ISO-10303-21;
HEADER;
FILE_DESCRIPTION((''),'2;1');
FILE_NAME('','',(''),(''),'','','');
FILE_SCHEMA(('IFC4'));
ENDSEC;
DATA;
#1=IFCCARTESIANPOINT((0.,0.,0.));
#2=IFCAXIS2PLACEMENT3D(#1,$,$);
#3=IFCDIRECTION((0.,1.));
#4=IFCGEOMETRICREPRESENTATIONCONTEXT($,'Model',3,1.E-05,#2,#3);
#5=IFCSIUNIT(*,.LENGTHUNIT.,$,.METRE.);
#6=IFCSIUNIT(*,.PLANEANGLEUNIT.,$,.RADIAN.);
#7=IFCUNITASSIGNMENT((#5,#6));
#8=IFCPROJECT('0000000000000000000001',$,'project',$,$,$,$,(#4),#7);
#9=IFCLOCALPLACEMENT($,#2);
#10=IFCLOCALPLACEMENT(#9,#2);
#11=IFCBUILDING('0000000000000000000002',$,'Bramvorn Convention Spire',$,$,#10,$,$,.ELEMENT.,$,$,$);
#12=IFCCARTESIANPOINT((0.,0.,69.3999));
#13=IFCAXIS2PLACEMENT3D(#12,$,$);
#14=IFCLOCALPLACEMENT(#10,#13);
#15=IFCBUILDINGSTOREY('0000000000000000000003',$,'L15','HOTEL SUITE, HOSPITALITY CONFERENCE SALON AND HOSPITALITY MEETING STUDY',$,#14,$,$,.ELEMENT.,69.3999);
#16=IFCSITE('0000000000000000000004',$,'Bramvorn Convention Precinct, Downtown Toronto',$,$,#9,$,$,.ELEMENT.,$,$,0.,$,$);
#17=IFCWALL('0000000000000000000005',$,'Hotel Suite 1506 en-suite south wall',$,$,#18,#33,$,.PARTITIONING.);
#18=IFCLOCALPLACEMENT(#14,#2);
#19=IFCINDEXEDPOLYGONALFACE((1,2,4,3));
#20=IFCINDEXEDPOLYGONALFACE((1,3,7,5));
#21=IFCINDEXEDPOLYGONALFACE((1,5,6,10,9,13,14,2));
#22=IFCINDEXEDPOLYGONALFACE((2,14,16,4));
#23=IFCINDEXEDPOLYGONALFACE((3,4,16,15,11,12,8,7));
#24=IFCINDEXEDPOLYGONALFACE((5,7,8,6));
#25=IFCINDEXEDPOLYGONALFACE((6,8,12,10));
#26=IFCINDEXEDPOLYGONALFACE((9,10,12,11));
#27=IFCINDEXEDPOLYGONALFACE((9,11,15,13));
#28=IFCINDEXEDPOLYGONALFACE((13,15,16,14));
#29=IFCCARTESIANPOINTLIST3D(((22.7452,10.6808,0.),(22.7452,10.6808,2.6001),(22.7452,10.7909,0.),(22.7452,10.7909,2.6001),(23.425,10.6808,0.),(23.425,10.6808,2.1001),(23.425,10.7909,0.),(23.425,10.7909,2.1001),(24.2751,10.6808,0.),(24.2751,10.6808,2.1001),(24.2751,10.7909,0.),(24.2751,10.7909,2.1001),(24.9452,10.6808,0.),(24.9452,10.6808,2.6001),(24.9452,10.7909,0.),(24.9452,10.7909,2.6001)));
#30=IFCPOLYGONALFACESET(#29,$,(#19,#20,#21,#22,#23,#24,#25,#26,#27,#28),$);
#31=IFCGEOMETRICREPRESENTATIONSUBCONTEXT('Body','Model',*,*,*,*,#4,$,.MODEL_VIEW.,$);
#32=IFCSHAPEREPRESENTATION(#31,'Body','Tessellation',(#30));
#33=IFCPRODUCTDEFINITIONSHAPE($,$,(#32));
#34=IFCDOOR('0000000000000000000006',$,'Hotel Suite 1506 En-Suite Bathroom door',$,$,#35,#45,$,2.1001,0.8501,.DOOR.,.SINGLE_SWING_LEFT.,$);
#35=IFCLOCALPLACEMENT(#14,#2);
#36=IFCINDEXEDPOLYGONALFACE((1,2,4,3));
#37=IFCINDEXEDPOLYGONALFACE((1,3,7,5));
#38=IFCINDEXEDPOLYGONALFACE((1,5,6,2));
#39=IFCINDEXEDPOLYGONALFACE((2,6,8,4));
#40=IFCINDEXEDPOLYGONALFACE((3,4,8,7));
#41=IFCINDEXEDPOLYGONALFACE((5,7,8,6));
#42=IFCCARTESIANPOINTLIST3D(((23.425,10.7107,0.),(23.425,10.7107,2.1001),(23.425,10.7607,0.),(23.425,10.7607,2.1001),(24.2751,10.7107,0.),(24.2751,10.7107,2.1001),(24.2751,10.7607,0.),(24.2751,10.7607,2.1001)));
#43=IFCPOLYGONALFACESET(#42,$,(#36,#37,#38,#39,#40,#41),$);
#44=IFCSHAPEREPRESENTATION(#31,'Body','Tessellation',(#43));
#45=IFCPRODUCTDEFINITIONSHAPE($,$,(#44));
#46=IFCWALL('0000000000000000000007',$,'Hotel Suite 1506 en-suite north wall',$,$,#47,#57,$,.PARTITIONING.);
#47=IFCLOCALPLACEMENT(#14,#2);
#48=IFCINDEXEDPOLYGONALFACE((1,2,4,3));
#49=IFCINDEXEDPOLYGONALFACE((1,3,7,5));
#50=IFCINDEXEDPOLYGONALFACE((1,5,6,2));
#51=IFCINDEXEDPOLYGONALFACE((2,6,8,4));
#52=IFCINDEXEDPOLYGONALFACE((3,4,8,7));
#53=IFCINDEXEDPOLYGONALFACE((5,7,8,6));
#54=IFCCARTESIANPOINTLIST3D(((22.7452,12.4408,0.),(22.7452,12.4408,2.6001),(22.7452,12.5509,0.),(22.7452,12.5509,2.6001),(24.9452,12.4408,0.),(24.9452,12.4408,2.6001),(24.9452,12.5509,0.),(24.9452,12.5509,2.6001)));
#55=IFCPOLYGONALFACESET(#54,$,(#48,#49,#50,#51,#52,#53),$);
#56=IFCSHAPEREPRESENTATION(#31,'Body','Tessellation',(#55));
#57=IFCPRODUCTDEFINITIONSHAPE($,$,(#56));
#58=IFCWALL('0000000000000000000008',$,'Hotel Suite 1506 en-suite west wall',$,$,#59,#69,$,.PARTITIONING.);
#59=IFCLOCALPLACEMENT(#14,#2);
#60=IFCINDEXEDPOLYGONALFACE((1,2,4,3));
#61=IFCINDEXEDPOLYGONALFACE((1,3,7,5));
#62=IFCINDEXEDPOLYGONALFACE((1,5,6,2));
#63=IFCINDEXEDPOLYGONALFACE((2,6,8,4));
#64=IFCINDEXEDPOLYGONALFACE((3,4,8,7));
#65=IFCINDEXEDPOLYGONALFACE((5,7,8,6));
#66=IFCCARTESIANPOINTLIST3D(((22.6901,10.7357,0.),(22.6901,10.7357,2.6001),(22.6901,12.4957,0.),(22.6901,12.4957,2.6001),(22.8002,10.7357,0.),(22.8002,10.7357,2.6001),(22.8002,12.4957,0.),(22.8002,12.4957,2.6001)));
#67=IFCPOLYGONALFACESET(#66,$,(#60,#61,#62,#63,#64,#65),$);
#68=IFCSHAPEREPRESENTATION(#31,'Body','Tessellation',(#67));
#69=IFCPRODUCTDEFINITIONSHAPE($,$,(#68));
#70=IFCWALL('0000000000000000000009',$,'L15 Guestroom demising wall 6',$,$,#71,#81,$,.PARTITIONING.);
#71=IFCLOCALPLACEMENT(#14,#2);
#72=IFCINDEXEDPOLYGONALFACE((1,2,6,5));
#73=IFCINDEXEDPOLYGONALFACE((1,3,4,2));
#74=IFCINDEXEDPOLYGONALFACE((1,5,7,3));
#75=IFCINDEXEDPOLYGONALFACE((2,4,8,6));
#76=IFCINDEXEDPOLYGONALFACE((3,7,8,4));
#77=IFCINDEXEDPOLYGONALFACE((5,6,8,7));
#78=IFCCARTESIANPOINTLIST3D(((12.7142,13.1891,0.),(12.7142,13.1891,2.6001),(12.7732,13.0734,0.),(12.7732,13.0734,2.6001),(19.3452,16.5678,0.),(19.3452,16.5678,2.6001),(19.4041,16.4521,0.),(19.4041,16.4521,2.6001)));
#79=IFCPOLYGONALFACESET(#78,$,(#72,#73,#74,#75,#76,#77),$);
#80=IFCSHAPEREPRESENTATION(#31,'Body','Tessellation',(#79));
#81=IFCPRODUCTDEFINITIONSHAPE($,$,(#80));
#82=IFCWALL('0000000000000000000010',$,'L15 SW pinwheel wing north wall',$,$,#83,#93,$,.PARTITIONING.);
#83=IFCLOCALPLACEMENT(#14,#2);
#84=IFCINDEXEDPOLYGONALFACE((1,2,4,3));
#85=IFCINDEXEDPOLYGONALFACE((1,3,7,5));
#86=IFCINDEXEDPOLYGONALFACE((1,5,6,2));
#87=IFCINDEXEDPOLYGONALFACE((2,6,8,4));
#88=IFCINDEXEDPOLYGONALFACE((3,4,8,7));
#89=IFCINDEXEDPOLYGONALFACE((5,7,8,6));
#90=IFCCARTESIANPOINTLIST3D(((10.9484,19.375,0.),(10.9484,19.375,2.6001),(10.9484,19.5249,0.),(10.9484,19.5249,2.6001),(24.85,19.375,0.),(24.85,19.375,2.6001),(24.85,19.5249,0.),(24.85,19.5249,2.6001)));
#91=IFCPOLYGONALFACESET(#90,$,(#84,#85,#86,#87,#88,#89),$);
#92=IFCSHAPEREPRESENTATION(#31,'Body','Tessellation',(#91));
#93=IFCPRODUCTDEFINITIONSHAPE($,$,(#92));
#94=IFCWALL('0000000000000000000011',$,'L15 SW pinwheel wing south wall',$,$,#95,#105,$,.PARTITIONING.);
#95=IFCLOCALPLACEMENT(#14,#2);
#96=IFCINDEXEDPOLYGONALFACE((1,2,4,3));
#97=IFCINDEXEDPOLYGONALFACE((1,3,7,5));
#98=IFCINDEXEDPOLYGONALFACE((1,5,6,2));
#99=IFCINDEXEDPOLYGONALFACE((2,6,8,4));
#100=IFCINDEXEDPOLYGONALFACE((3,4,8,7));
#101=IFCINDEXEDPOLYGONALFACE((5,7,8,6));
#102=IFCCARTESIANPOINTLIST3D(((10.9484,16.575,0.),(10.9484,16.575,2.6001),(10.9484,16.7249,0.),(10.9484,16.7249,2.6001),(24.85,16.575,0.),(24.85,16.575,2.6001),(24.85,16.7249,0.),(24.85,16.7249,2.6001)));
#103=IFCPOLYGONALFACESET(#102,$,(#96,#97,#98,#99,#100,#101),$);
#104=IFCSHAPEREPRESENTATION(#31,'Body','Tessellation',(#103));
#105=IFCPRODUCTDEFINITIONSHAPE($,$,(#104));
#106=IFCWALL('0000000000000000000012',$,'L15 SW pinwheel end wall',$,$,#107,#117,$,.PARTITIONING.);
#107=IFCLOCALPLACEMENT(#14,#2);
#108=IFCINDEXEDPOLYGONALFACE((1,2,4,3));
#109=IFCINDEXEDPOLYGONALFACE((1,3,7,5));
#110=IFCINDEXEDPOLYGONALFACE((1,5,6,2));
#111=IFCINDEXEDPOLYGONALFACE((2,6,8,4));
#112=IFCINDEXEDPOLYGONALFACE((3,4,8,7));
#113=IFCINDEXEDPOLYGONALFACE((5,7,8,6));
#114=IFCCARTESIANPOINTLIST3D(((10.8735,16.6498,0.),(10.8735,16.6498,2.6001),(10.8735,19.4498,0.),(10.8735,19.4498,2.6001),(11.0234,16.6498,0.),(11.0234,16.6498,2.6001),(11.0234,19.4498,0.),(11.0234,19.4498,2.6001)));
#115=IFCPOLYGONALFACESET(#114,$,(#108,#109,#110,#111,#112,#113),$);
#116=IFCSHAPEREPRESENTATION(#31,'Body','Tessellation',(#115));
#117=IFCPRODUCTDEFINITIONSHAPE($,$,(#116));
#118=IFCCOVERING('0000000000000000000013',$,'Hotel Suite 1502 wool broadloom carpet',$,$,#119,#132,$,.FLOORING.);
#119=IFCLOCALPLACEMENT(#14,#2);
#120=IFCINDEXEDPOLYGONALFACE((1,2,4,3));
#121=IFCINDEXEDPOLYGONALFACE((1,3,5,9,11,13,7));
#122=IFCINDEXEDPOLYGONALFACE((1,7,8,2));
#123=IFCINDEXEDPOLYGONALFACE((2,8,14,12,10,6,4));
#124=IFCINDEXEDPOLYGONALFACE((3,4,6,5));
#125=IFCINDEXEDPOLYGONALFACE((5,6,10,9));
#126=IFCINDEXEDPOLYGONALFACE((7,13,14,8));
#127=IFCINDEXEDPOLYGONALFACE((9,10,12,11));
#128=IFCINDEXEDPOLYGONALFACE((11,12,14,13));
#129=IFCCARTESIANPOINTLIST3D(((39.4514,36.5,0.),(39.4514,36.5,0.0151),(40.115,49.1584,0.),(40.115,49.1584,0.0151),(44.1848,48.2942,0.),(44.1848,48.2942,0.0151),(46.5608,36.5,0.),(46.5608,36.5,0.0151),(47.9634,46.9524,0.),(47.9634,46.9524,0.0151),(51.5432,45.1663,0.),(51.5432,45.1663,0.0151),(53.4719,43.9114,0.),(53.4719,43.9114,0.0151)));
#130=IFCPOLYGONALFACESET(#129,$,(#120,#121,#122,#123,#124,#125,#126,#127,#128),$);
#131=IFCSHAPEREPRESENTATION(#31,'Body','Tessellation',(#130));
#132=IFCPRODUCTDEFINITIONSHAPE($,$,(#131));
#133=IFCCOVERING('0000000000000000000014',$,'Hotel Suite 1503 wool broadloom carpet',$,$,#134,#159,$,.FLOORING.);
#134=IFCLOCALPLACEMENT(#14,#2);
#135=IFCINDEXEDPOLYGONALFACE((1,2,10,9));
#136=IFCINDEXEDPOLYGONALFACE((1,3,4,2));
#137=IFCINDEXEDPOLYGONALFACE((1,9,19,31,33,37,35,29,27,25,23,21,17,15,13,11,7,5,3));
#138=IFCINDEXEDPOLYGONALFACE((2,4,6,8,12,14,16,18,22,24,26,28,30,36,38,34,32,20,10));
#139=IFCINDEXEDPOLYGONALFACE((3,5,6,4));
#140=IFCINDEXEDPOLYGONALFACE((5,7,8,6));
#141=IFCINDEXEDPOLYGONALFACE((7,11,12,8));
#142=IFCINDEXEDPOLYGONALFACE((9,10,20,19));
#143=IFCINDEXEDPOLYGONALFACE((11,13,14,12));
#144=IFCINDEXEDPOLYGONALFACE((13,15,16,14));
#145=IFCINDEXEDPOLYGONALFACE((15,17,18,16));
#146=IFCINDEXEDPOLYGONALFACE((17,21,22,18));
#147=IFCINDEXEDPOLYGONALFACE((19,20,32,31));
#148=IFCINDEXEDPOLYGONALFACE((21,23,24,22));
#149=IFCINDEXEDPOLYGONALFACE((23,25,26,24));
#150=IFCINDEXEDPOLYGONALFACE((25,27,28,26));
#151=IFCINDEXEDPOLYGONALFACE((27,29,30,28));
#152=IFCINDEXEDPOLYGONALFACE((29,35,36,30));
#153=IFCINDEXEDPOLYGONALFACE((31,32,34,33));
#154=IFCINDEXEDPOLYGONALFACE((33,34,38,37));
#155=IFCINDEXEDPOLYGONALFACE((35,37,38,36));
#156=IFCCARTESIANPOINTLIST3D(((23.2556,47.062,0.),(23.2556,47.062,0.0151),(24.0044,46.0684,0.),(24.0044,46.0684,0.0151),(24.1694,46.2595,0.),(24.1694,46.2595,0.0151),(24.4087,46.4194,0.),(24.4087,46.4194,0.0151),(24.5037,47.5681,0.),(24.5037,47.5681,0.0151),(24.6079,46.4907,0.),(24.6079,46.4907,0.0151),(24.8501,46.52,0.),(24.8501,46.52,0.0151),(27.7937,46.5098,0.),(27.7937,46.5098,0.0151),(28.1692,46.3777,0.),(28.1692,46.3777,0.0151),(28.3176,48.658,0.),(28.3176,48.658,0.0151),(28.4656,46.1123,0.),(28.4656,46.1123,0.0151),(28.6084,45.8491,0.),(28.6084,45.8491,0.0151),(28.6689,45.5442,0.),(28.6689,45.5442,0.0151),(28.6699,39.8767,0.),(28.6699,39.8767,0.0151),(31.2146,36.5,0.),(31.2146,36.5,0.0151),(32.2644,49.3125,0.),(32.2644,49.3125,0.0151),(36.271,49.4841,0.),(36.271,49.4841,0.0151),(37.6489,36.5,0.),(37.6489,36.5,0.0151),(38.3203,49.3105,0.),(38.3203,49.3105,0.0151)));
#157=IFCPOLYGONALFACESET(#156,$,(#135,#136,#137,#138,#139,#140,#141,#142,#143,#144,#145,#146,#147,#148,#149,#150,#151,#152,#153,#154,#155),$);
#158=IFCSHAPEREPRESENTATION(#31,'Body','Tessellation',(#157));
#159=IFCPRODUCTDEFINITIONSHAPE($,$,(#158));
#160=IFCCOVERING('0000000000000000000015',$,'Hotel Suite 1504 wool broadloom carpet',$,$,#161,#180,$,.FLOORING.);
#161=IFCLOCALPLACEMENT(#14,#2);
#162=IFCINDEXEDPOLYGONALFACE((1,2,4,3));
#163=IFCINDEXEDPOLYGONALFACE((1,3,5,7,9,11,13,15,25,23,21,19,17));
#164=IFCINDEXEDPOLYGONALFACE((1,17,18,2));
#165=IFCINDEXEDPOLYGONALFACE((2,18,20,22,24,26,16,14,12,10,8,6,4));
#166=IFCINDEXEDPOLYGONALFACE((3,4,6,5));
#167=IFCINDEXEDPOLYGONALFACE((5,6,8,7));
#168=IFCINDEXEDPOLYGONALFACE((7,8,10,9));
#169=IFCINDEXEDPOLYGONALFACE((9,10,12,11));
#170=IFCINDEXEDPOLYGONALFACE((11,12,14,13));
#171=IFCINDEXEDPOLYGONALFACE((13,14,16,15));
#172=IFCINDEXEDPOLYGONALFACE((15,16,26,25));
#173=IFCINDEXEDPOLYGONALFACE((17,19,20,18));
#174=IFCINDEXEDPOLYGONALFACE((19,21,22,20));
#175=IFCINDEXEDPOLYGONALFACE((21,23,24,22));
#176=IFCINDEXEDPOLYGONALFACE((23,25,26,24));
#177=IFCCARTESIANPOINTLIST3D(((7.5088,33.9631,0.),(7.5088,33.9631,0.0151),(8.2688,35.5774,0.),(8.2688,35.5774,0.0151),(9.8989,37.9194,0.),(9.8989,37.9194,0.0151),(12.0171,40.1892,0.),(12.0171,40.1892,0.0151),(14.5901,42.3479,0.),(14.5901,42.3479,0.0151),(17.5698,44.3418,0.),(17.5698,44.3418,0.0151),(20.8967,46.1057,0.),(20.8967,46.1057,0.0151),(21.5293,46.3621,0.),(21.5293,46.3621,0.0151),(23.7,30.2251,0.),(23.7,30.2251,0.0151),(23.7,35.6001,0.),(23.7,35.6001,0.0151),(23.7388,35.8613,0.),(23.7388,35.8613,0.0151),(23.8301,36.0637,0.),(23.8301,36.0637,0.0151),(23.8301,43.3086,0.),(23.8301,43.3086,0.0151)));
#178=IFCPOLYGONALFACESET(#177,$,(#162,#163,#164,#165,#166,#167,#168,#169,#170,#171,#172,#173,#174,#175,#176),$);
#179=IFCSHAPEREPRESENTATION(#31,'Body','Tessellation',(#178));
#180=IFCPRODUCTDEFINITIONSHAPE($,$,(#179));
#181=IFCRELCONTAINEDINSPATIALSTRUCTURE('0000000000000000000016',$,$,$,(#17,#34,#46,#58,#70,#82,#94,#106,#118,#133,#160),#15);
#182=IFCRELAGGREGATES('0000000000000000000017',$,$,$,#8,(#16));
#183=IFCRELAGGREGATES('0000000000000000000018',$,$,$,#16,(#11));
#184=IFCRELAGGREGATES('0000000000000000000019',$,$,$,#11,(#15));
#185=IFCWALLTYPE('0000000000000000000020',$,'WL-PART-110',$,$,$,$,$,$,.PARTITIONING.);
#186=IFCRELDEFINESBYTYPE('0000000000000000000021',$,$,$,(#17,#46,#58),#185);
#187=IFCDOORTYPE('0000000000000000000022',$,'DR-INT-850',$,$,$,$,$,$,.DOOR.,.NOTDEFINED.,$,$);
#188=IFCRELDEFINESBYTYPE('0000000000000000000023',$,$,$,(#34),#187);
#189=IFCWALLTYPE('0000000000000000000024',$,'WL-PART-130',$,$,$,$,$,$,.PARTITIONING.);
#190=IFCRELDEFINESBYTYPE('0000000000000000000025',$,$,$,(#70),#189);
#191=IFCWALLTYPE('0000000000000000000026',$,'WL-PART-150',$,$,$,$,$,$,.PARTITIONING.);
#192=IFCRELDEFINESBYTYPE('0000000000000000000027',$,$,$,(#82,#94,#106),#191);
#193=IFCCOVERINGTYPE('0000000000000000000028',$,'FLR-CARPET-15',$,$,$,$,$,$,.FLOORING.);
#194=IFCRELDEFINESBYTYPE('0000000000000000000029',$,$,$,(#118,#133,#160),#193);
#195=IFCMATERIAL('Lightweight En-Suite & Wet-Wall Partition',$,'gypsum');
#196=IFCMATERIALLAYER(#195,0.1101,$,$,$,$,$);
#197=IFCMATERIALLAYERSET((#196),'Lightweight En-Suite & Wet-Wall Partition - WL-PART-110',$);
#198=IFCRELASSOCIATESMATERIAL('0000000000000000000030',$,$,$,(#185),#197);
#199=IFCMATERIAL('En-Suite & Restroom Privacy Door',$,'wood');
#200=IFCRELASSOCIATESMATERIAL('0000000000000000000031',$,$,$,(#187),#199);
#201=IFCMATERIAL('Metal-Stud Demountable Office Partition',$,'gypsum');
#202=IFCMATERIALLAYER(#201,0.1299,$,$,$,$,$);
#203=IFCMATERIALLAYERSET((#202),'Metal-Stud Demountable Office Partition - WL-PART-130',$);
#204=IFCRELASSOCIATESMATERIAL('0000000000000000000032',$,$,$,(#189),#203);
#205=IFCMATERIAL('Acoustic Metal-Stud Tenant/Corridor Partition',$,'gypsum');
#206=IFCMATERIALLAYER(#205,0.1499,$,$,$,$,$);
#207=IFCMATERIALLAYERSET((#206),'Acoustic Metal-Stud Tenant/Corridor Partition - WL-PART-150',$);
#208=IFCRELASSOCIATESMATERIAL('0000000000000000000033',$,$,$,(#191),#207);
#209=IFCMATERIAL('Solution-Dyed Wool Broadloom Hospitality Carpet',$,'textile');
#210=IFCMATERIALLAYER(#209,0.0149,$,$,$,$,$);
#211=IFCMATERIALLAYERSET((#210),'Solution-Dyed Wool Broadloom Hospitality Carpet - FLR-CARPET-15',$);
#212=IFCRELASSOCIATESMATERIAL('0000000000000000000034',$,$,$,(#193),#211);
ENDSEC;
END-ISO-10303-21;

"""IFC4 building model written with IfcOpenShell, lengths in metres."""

from ifc_helpers import new_model, si_unit, direction, frame, frame_2d, origin, place, context, subcontext, project, spatial, polyline, rectangle, outline, extrude, material, layer, layer_set, type_object, element, fill, save


model = new_model("IFC4")

# Units and contexts
model_context = context("Model", 3, precision=1e-05, world=origin(), true_north=direction((0.0, 1.0)))
body_context = subcontext(model_context, "Body", "Model", "MODEL_VIEW")
ifc_project = project(units=[si_unit("LENGTHUNIT", "METRE"), si_unit("PLANEANGLEUNIT", "RADIAN")], contexts=[model_context])

# Site, building, storey
site_placement = place(None, origin())
site = spatial("IfcSite", under=ifc_project, at=site_placement, Name="Bramvorn Convention Precinct, Downtown Toronto", CompositionType="ELEMENT", RefElevation=0.0)
building_placement = place(site_placement, origin())
building = spatial("IfcBuilding", under=site, at=building_placement, Name="Bramvorn Convention Spire", CompositionType="ELEMENT")
storey_placement = place(building_placement, frame((0.0, 0.0, 69.3999)))
storey = spatial("IfcBuildingStorey", under=building, at=storey_placement, Name="L15", Description="HOTEL SUITE, HOSPITALITY CONFERENCE SALON AND HOSPITALITY MEETING STUDY", CompositionType="ELEMENT", Elevation=69.3999)

# Wall, opening, door
ifc_material_1 = material(Name="Lightweight En-Suite & Wet-Wall Partition", Category="gypsum")
ifc_layer_1 = layer(ifc_material_1, 0.1101)
ifc_layer_set_1 = layer_set([ifc_layer_1], Name="Lightweight En-Suite & Wet-Wall Partition - WL-PART-110")
wall_type_1 = type_object("IfcWallType", Name="WL-PART-110", PredefinedType="PARTITIONING", material=ifc_layer_set_1)
wall_1_placement = place(storey_placement, frame((22.7451, 10.7358, 0.0), z_axis=(0.0, 0.0, 1.0), x_axis=(1.0, 0.0, 0.0)))
wall_1 = element("IfcWall", 1, at=wall_1_placement, inside=storey, type_object=wall_type_1, Name="Hotel Suite 1506 en-suite south wall", PredefinedType="PARTITIONING", context=body_context, shape_type="SweptSolid", body=[
    extrude(rectangle(XDim=2.2, YDim=0.1101, at=frame_2d((1.1001, 0.0))), origin(), (0.0, 0.0, 1.0), 2.6001),
])
opening_placement = place(wall_1_placement, frame((0.6799, 0.0, 0.0)))
opening = element("IfcOpeningElement", 2, at=opening_placement, cuts=wall_1, PredefinedType="OPENING", context=body_context, shape_type="SweptSolid", body=[
    extrude(rectangle(XDim=0.8501, YDim=2.1001, at=frame_2d((0.425, 1.05))), frame((0.0, 0.0649, 0.0), z_axis=(0.0, -1.0, 0.0), x_axis=(1.0, 0.0, 0.0)), (0.0, 0.0, 1.0), 0.1301),
])
ifc_material_2 = material(Name="En-Suite & Restroom Privacy Door", Category="wood")
door_type = type_object("IfcDoorType", Name="DR-INT-850", OperationType="NOTDEFINED", PredefinedType="DOOR", material=ifc_material_2)
door_placement = place(opening_placement, origin())
door = element("IfcDoor", 3, at=door_placement, inside=storey, type_object=door_type, Name="Hotel Suite 1506 En-Suite Bathroom door", OperationType="SINGLE_SWING_LEFT", OverallHeight=2.1001, OverallWidth=0.8501, PredefinedType="DOOR", context=body_context, shape_type="SweptSolid", body=[
    extrude(rectangle(XDim=0.8501, YDim=2.1001, at=frame_2d((0.425, 1.05))), frame((0.0, 0.0249, 0.0), z_axis=(0.0, -1.0, 0.0), x_axis=(1.0, 0.0, 0.0)), (0.0, 0.0, 1.0), 0.05),
])
fill(opening, door)

# Walls
wall_2_placement = place(storey_placement, frame((22.7451, 12.4958, 0.0), z_axis=(0.0, 0.0, 1.0), x_axis=(1.0, 0.0, 0.0)))
element("IfcWall", 4, at=wall_2_placement, inside=storey, type_object=wall_type_1, Name="Hotel Suite 1506 en-suite north wall", PredefinedType="PARTITIONING", context=body_context, shape_type="SweptSolid", body=[
    extrude(rectangle(XDim=2.2, YDim=0.1101, at=frame_2d((1.1001, 0.0))), origin(), (0.0, 0.0, 1.0), 2.6001),
])
wall_3_placement = place(storey_placement, frame((22.7451, 10.7358, 0.0), z_axis=(0.0, 0.0, 1.0), x_axis=(0.0, 1.0, 0.0)))
element("IfcWall", 5, at=wall_3_placement, inside=storey, type_object=wall_type_1, Name="Hotel Suite 1506 en-suite west wall", PredefinedType="PARTITIONING", context=body_context, shape_type="SweptSolid", body=[
    extrude(rectangle(XDim=1.76, YDim=0.1101, at=frame_2d((0.8799, 0.0))), origin(), (0.0, 0.0, 1.0), 2.6001),
])
ifc_material_3 = material(Name="Metal-Stud Demountable Office Partition", Category="gypsum")
ifc_layer_2 = layer(ifc_material_3, 0.1299)
ifc_layer_set_2 = layer_set([ifc_layer_2], Name="Metal-Stud Demountable Office Partition - WL-PART-130")
wall_type_2 = type_object("IfcWallType", Name="WL-PART-130", PredefinedType="PARTITIONING", material=ifc_layer_set_2)
wall_4_placement = place(storey_placement, frame((19.3748, 16.51, 0.0), z_axis=(0.0, 0.0, 1.0), x_axis=(-0.891003, -0.453998, 0.0)))
element("IfcWall", 6, at=wall_4_placement, inside=storey, type_object=wall_type_2, Name="L15 Guestroom demising wall 6", PredefinedType="PARTITIONING", context=body_context, shape_type="SweptSolid", body=[
    extrude(rectangle(XDim=7.4421, YDim=0.1299, at=frame_2d((3.7212, 0.0))), origin(), (0.0, 0.0, 1.0), 2.6001),
])
ifc_material_4 = material(Name="Acoustic Metal-Stud Tenant/Corridor Partition", Category="gypsum")
ifc_layer_3 = layer(ifc_material_4, 0.1499)
ifc_layer_set_3 = layer_set([ifc_layer_3], Name="Acoustic Metal-Stud Tenant/Corridor Partition - WL-PART-150")
wall_type_3 = type_object("IfcWallType", Name="WL-PART-150", PredefinedType="PARTITIONING", material=ifc_layer_set_3)
for number, where, z_axis, x_axis, name in (
    (7, (10.9485, 19.45, 0.0), (0.0, 0.0, 1.0), (1.0, 0.0, 0.0), "L15 SW pinwheel wing north wall"),
    (8, (10.9485, 16.6499, 0.0), (0.0, 0.0, 1.0), (1.0, 0.0, 0.0), "L15 SW pinwheel wing south wall"),
):
    element("IfcWall", number, at=place(storey_placement, frame(where, z_axis=z_axis, x_axis=x_axis)), inside=storey, type_object=wall_type_3, Name=name, PredefinedType="PARTITIONING", context=body_context, shape_type="SweptSolid", body=[
        extrude(rectangle(XDim=13.9016, YDim=0.1499, at=frame_2d((6.9507, 0.0))), origin(), (0.0, 0.0, 1.0), 2.6001),
    ])
wall_5_placement = place(storey_placement, frame((10.9485, 16.6499, 0.0), z_axis=(0.0, 0.0, 1.0), x_axis=(0.0, 1.0, 0.0)))
element("IfcWall", 9, at=wall_5_placement, inside=storey, type_object=wall_type_3, Name="L15 SW pinwheel end wall", PredefinedType="PARTITIONING", context=body_context, shape_type="SweptSolid", body=[
    extrude(rectangle(XDim=2.8, YDim=0.1499, at=frame_2d((1.3999, 0.0))), origin(), (0.0, 0.0, 1.0), 2.6001),
])

# Coverings
ifc_material_5 = material(Name="Solution-Dyed Wool Broadloom Hospitality Carpet", Category="textile")
ifc_layer_4 = layer(ifc_material_5, 0.0149)
ifc_layer_set_4 = layer_set([ifc_layer_4], Name="Solution-Dyed Wool Broadloom Hospitality Carpet - FLR-CARPET-15")
covering_type = type_object("IfcCoveringType", Name="FLR-CARPET-15", PredefinedType="FLOORING", material=ifc_layer_set_4)
covering_1_placement = place(storey_placement, origin())
element("IfcCovering", 10, at=covering_1_placement, inside=storey, type_object=covering_type, Name="Hotel Suite 1502 wool broadloom carpet", PredefinedType="FLOORING", context=body_context, shape_type="SweptSolid", body=[
    extrude(outline(polyline([(40.115, 49.1584), (39.4514, 36.5), (46.5608, 36.5), (53.4719, 43.9114), (51.5432, 45.1663), (47.9634, 46.9524), (44.1848, 48.2942), (40.115, 49.1584)])), origin(), (0.0, 0.0, 1.0), 0.0151),
])
covering_2_placement = place(storey_placement, origin())
element("IfcCovering", 11, at=covering_2_placement, inside=storey, type_object=covering_type, Name="Hotel Suite 1503 wool broadloom carpet", PredefinedType="FLOORING", context=body_context, shape_type="SweptSolid", body=[
    extrude(outline(polyline([(24.1694, 46.2595), (24.4087, 46.4194), (24.6079, 46.4907), (24.8501, 46.52), (27.7937, 46.5098), (28.1692, 46.3777), (28.4656, 46.1123), (28.6084, 45.8491), (28.6689, 45.5442), (28.6699, 39.8767), (31.2146, 36.5), (37.6489, 36.5), (38.3203, 49.3105), (36.271, 49.4841), (32.2644, 49.3125), (28.3176, 48.658), (24.5037, 47.5681), (23.2556, 47.062), (24.0044, 46.0684), (24.1694, 46.2595)])), origin(), (0.0, 0.0, 1.0), 0.0151),
])
covering_3_placement = place(storey_placement, origin())
element("IfcCovering", 12, at=covering_3_placement, inside=storey, type_object=covering_type, Name="Hotel Suite 1504 wool broadloom carpet", PredefinedType="FLOORING", context=body_context, shape_type="SweptSolid", body=[
    extrude(outline(polyline([(23.7, 30.2251), (23.7, 35.6001), (23.7388, 35.8613), (23.8301, 36.0637), (23.8301, 43.3086), (21.5293, 46.3621), (20.8967, 46.1057), (17.5698, 44.3418), (14.5901, 42.3479), (12.0171, 40.1892), (9.8989, 37.9194), (8.2688, 35.5774), (7.5088, 33.9631), (23.7, 30.2251)])), origin(), (0.0, 0.0, 1.0), 0.0151),
])

save(model, "model.ifc")
